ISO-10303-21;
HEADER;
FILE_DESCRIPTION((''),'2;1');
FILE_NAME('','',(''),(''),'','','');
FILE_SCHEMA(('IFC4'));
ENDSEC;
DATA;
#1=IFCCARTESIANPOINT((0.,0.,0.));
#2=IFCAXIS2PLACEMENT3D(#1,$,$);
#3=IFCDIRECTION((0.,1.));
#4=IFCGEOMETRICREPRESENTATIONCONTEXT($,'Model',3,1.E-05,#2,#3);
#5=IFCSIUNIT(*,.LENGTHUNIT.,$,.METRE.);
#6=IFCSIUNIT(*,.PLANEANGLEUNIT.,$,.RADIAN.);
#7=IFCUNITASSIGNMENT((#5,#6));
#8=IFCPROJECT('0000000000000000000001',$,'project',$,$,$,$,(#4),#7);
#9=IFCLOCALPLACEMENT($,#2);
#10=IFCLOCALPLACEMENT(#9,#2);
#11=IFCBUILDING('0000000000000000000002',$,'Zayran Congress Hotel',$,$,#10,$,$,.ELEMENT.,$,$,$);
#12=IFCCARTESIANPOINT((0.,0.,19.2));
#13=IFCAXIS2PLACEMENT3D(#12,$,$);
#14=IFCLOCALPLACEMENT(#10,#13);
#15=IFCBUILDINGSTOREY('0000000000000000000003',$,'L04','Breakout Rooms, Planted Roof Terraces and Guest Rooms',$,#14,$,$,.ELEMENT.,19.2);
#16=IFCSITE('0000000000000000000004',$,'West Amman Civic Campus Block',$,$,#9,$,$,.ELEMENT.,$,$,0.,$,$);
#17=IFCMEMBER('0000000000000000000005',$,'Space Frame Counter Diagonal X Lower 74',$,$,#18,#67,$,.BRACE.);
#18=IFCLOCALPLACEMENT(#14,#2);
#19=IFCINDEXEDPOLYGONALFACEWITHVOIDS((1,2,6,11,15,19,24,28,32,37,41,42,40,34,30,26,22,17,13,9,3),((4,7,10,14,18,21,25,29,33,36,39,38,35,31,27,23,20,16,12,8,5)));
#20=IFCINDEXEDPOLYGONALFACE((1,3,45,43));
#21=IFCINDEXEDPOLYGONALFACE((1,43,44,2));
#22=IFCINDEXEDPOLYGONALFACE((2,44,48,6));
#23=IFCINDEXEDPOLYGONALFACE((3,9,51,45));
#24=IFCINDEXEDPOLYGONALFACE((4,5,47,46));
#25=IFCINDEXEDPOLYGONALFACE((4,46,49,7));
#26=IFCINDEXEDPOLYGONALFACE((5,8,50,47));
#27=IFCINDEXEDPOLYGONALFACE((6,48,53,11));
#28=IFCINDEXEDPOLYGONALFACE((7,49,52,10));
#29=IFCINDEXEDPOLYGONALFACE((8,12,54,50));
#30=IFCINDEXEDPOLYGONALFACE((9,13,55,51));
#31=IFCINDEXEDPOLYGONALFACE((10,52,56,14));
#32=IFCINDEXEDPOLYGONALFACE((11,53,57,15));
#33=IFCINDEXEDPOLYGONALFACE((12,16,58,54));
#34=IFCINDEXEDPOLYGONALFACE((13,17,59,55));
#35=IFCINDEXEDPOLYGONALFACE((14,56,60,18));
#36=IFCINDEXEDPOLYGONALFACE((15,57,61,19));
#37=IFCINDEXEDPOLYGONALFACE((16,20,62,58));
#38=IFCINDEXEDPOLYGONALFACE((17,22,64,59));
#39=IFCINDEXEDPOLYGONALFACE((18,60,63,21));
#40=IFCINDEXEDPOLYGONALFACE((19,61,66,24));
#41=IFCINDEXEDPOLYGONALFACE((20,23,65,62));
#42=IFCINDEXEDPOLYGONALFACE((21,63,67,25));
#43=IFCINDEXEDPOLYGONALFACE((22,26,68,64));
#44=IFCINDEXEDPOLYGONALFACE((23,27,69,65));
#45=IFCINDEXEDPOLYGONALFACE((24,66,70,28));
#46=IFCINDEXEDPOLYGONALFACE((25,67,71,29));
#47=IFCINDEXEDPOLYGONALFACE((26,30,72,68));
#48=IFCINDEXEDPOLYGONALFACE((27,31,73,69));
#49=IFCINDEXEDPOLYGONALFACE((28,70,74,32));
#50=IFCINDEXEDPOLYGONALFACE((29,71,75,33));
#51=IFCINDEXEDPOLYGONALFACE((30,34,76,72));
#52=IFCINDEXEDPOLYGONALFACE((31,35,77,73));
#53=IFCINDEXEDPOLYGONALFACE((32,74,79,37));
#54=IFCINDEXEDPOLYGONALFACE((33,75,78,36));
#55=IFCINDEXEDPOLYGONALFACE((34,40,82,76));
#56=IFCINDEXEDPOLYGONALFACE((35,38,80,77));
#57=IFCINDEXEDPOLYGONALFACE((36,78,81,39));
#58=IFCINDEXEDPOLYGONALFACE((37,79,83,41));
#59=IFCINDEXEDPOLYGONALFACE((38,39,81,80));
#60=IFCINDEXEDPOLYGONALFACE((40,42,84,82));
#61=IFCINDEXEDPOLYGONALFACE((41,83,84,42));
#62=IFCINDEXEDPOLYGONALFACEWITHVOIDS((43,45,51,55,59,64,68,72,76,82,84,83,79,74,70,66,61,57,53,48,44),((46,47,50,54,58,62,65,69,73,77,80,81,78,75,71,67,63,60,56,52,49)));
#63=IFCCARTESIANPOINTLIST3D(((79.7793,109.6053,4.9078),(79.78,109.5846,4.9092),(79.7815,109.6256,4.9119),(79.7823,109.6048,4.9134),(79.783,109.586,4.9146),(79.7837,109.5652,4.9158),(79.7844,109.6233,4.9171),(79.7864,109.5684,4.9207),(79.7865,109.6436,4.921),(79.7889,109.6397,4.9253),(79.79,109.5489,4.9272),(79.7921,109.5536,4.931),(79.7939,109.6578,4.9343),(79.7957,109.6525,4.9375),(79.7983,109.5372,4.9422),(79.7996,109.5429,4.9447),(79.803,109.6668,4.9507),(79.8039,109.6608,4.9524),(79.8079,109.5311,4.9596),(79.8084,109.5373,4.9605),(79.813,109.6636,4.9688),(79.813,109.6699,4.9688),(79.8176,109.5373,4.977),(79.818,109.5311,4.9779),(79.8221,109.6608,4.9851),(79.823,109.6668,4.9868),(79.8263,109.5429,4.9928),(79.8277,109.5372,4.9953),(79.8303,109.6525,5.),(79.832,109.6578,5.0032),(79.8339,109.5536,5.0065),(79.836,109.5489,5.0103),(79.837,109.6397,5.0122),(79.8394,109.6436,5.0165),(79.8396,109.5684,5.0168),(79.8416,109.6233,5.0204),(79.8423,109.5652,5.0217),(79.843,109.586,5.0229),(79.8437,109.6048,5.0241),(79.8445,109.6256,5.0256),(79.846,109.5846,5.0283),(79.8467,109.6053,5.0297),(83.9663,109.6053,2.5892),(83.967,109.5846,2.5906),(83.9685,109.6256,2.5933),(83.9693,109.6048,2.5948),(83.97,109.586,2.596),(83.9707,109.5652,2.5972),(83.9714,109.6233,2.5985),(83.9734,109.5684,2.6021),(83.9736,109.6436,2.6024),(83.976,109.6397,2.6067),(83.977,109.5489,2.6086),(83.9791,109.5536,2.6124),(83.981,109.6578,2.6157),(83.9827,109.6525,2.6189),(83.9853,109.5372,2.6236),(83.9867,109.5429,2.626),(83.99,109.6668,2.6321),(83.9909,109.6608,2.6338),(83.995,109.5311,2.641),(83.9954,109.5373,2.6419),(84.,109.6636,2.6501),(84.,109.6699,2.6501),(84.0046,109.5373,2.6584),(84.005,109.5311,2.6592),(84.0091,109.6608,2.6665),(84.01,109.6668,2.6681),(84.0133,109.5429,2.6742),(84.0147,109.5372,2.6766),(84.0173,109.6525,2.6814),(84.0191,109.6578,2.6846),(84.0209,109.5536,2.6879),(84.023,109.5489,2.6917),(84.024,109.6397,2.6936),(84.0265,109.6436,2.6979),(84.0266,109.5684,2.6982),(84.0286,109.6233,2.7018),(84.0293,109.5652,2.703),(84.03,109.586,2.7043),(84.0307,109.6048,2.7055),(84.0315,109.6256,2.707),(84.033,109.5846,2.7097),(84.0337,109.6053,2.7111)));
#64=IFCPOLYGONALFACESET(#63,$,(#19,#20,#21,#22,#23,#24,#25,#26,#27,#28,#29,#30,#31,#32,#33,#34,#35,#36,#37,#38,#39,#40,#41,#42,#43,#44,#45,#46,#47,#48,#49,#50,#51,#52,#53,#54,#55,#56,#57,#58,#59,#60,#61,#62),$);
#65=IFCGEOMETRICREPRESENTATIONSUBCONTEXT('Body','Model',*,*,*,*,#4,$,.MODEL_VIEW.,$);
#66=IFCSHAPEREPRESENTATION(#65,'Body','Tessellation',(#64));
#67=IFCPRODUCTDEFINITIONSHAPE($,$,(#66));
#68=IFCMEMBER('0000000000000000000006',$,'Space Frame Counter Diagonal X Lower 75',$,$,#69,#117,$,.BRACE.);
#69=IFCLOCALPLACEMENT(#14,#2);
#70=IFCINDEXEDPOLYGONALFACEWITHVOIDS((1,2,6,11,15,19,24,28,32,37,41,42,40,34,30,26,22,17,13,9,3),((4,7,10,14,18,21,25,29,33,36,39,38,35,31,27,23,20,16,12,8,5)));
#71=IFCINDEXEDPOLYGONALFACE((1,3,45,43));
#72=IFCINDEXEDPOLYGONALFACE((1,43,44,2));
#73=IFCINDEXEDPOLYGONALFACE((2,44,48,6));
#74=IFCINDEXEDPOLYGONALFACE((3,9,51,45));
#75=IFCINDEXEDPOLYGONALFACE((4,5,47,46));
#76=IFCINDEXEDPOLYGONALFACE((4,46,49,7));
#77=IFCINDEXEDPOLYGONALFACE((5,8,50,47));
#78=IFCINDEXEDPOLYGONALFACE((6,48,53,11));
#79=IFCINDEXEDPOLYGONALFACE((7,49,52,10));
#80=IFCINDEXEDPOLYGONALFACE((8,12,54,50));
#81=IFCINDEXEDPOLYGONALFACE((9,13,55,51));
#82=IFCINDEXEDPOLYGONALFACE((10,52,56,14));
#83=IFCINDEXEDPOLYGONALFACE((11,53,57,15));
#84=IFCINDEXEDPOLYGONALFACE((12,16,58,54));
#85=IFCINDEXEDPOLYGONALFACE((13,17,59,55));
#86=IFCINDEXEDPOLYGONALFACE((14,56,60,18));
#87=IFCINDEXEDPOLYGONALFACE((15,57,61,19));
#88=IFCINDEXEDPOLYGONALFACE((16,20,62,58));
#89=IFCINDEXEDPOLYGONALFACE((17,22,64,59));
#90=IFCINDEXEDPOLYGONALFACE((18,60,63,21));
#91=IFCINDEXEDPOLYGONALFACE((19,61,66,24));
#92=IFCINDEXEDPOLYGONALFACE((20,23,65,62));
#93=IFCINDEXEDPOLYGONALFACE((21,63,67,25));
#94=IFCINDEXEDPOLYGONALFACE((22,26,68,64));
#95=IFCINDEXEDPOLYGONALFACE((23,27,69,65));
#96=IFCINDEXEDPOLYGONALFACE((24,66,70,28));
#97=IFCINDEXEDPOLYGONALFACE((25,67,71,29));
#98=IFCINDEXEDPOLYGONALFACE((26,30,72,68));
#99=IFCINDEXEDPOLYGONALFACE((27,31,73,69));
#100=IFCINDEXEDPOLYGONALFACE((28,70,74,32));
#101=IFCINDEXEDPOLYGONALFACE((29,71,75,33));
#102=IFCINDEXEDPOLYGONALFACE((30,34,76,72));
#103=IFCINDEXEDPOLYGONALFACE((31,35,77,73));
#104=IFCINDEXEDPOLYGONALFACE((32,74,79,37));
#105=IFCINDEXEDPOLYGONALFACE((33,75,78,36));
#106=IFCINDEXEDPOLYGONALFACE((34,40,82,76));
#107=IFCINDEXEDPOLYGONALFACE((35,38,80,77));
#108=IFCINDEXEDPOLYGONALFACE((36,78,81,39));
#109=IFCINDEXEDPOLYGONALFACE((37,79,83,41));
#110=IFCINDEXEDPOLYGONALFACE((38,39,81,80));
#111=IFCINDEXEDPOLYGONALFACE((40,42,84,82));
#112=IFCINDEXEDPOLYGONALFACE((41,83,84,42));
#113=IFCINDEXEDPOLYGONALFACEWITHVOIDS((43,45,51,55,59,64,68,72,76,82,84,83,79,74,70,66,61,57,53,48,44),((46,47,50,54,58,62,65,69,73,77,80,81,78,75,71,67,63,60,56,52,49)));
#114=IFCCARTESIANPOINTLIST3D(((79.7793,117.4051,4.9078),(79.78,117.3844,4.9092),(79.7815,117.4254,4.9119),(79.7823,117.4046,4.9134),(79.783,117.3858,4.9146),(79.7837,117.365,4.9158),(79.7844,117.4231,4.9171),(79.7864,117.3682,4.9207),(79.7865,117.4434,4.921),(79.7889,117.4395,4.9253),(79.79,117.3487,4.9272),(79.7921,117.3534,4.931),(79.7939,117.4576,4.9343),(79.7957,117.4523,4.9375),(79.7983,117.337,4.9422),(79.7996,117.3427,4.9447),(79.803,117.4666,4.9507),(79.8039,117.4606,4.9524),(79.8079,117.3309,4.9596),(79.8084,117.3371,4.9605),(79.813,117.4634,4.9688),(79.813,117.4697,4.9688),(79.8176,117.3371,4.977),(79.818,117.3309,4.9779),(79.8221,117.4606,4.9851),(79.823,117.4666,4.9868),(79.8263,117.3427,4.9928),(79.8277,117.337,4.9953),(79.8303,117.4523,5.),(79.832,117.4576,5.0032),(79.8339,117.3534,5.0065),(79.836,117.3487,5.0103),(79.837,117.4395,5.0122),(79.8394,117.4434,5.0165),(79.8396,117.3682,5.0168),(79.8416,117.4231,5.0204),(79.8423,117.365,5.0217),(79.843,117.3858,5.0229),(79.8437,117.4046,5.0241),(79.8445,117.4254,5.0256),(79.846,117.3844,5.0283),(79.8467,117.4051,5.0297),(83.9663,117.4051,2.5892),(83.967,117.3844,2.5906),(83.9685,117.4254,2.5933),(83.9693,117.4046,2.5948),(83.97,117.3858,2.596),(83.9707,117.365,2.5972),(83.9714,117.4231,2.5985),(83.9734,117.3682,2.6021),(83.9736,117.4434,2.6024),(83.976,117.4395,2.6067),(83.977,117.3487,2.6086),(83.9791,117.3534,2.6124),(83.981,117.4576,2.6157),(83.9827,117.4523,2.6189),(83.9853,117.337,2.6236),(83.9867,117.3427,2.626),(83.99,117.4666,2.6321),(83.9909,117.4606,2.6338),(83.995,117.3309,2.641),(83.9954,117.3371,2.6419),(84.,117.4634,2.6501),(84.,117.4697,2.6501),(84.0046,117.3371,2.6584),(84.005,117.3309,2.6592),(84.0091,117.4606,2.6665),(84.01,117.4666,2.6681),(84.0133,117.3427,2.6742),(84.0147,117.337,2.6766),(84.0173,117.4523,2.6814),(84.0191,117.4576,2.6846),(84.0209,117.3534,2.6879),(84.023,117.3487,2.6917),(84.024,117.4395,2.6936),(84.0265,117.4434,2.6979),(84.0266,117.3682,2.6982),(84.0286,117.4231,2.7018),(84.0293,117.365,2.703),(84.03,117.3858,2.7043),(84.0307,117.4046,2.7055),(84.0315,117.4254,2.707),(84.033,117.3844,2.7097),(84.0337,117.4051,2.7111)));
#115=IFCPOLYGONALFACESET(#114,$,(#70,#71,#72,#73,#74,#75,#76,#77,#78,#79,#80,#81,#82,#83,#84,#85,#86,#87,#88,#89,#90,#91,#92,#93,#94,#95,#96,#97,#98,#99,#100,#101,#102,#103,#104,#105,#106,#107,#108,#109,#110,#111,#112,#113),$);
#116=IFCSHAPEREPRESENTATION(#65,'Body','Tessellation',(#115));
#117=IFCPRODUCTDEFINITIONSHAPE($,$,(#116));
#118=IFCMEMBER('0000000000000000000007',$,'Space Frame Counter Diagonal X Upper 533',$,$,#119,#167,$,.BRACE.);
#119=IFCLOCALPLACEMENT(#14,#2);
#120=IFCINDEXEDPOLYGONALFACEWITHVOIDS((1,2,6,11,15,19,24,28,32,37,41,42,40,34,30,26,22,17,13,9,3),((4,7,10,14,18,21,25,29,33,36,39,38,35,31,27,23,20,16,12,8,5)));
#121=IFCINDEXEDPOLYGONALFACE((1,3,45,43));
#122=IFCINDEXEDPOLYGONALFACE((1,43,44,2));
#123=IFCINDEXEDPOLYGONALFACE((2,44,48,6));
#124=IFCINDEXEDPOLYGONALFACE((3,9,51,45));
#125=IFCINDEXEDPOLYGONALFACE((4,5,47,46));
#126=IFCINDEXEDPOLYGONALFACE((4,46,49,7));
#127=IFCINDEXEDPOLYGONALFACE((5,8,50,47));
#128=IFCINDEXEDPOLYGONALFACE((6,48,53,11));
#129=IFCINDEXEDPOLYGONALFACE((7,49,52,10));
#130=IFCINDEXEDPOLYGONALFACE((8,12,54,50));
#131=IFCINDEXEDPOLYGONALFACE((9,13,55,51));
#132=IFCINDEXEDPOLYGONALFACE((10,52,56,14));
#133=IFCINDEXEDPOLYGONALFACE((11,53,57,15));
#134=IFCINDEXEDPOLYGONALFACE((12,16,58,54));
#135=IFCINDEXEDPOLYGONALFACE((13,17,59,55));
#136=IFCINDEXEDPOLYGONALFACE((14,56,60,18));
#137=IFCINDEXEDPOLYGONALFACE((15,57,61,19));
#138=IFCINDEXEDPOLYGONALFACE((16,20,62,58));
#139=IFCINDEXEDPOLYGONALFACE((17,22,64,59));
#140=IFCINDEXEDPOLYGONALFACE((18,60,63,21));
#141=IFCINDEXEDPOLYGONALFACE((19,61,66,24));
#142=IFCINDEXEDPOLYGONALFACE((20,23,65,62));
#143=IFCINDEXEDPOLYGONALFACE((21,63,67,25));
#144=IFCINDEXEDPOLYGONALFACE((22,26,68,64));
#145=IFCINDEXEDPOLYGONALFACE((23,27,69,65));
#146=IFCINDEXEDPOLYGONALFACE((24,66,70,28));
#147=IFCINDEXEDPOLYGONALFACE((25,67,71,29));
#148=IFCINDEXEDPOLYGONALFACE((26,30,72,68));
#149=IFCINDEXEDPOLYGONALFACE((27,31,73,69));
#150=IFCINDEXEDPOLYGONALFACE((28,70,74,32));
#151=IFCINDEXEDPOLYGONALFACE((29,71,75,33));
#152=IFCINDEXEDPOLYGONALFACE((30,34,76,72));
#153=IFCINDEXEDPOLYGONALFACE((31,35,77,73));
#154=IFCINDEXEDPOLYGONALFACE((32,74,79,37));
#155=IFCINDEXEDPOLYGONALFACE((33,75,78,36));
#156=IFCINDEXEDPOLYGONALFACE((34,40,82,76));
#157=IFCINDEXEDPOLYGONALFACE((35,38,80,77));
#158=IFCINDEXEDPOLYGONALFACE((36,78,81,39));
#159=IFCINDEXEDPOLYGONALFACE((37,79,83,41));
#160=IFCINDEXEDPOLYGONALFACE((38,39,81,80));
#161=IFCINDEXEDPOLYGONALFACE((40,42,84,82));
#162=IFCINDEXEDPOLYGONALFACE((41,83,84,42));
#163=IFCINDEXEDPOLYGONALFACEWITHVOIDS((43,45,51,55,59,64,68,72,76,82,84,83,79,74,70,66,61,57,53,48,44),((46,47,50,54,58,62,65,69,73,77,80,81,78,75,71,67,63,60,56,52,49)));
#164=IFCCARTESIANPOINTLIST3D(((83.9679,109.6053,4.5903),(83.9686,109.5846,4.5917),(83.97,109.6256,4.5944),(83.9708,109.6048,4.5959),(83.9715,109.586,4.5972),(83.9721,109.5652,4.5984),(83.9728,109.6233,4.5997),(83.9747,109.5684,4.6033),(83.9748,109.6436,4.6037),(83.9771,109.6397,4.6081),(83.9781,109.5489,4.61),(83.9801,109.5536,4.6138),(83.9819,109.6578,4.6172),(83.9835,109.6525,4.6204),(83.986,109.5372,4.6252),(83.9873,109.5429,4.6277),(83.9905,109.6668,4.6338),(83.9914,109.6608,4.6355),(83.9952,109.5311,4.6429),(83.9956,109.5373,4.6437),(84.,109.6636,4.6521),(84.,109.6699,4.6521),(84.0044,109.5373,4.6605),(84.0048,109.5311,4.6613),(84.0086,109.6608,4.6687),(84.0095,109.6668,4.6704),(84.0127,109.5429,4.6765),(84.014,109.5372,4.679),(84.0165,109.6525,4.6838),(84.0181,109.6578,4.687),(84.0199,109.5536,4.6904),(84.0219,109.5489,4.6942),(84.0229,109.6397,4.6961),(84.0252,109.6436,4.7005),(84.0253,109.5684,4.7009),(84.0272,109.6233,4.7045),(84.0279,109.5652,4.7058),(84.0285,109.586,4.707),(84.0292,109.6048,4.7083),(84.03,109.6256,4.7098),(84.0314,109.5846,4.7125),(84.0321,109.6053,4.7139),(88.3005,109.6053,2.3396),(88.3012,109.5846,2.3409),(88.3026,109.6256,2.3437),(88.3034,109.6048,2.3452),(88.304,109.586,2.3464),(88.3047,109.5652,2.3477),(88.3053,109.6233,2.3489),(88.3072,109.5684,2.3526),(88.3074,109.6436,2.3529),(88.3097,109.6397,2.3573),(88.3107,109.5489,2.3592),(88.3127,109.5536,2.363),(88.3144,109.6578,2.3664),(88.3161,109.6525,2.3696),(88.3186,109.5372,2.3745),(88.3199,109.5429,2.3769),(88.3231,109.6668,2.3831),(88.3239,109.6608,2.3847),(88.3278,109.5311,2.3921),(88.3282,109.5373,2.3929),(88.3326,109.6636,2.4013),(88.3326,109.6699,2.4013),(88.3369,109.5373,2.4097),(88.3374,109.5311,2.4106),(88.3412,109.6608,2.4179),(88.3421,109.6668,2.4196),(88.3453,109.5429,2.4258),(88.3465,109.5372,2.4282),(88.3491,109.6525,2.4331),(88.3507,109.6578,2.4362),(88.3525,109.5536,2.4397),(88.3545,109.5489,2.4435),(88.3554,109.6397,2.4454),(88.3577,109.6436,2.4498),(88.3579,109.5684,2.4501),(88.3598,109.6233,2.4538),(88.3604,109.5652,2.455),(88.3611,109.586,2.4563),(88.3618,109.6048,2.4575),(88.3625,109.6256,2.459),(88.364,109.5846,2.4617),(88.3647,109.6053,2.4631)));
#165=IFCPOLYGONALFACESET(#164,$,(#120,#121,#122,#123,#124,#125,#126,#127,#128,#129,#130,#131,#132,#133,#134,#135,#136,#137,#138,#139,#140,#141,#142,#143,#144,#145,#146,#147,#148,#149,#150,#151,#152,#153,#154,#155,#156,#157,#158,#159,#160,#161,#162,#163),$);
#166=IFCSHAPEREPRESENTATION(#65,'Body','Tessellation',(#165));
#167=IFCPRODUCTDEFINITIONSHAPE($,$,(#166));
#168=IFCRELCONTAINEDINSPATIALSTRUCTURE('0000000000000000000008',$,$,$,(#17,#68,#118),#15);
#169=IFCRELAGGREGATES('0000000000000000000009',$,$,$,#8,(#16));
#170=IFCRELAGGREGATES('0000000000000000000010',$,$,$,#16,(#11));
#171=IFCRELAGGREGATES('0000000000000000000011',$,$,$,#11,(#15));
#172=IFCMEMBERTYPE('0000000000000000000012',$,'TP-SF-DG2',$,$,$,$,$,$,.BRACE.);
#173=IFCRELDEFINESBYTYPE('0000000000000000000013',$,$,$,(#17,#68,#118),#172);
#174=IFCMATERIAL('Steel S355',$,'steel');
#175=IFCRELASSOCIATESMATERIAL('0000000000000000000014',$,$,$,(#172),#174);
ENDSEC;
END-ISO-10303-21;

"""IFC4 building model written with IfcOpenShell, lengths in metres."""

from ifc_helpers import new_model, si_unit, direction, frame, origin, origin_2d, place, context, subcontext, project, spatial, hollow_circle, extrude, material, material_profile, profile_set, type_object, element, save


model = new_model("IFC4")

# Units and contexts
model_context = context("Model", 3, precision=1e-05, world=origin(), true_north=direction((0.0, 1.0)))
body_context = subcontext(model_context, "Body", "Model", "MODEL_VIEW")
ifc_project = project(units=[si_unit("LENGTHUNIT", "METRE"), si_unit("PLANEANGLEUNIT", "RADIAN")], contexts=[model_context])

# Site, building, storey
site_placement = place(None, origin())
site = spatial("IfcSite", under=ifc_project, at=site_placement, Name="West Amman Civic Campus Block", CompositionType="ELEMENT", RefElevation=0.0)
building_placement = place(site_placement, origin())
building = spatial("IfcBuilding", under=site, at=building_placement, Name="Zayran Congress Hotel", CompositionType="ELEMENT")
storey_placement = place(building_placement, frame((0.0, 0.0, 19.2)))
storey = spatial("IfcBuildingStorey", under=building, at=storey_placement, Name="L04", Description="Breakout Rooms, Planted Roof Terraces and Guest Rooms", CompositionType="ELEMENT", Elevation=19.2)

# Shared definitions
ifc_material_1 = material(Name="Steel S355", Category="steel")

# Members
ifc_material_profile_1 = material_profile(ifc_material_1, hollow_circle(Radius=0.0698, WallThickness=0.0063, at=origin_2d()), Name="CHS 139.7x6.3")
ifc_profile_set_1 = profile_set([ifc_material_profile_1], Name="Steel S355")
member_type_1 = type_object("IfcMemberType", Name="TP-SF-DG2", PredefinedType="BRACE", material=ifc_profile_set_1)
for number, where, z_axis, x_axis, name in (
    (1, (79.813, 109.6001, 4.9688), (0.874823, 0.0, -0.484443), (0.0, 1.0, 0.0), "Space Frame Counter Diagonal X Lower 74"),
    (2, (79.813, 117.3999, 4.9688), (0.874823, 0.0, -0.484443), (0.0, 1.0, 0.0), "Space Frame Counter Diagonal X Lower 75"),
):
    element("IfcMember", number, at=place(storey_placement, frame(where, z_axis=z_axis, x_axis=x_axis)), inside=storey, type_object=member_type_1, Name=name, PredefinedType="BRACE", context=body_context, shape_type="SweptSolid", body=[
        extrude(hollow_circle(Radius=0.0698, WallThickness=0.0063, at=origin_2d()), origin(), (0.0, 0.0, 1.0), 4.7861),
    ])
member_1_placement = place(storey_placement, frame((84.0, 109.6001, 4.6521), z_axis=(0.887399, 0.0, -0.461002), x_axis=(0.0, 1.0, 0.0)))
element("IfcMember", 3, at=member_1_placement, inside=storey, type_object=member_type_1, Name="Space Frame Counter Diagonal X Upper 533", PredefinedType="BRACE", context=body_context, shape_type="SweptSolid", body=[
    extrude(hollow_circle(Radius=0.0698, WallThickness=0.0063, at=origin_2d()), origin(), (0.0, 0.0, 1.0), 4.8823),
])

save(model, "model.ifc")
